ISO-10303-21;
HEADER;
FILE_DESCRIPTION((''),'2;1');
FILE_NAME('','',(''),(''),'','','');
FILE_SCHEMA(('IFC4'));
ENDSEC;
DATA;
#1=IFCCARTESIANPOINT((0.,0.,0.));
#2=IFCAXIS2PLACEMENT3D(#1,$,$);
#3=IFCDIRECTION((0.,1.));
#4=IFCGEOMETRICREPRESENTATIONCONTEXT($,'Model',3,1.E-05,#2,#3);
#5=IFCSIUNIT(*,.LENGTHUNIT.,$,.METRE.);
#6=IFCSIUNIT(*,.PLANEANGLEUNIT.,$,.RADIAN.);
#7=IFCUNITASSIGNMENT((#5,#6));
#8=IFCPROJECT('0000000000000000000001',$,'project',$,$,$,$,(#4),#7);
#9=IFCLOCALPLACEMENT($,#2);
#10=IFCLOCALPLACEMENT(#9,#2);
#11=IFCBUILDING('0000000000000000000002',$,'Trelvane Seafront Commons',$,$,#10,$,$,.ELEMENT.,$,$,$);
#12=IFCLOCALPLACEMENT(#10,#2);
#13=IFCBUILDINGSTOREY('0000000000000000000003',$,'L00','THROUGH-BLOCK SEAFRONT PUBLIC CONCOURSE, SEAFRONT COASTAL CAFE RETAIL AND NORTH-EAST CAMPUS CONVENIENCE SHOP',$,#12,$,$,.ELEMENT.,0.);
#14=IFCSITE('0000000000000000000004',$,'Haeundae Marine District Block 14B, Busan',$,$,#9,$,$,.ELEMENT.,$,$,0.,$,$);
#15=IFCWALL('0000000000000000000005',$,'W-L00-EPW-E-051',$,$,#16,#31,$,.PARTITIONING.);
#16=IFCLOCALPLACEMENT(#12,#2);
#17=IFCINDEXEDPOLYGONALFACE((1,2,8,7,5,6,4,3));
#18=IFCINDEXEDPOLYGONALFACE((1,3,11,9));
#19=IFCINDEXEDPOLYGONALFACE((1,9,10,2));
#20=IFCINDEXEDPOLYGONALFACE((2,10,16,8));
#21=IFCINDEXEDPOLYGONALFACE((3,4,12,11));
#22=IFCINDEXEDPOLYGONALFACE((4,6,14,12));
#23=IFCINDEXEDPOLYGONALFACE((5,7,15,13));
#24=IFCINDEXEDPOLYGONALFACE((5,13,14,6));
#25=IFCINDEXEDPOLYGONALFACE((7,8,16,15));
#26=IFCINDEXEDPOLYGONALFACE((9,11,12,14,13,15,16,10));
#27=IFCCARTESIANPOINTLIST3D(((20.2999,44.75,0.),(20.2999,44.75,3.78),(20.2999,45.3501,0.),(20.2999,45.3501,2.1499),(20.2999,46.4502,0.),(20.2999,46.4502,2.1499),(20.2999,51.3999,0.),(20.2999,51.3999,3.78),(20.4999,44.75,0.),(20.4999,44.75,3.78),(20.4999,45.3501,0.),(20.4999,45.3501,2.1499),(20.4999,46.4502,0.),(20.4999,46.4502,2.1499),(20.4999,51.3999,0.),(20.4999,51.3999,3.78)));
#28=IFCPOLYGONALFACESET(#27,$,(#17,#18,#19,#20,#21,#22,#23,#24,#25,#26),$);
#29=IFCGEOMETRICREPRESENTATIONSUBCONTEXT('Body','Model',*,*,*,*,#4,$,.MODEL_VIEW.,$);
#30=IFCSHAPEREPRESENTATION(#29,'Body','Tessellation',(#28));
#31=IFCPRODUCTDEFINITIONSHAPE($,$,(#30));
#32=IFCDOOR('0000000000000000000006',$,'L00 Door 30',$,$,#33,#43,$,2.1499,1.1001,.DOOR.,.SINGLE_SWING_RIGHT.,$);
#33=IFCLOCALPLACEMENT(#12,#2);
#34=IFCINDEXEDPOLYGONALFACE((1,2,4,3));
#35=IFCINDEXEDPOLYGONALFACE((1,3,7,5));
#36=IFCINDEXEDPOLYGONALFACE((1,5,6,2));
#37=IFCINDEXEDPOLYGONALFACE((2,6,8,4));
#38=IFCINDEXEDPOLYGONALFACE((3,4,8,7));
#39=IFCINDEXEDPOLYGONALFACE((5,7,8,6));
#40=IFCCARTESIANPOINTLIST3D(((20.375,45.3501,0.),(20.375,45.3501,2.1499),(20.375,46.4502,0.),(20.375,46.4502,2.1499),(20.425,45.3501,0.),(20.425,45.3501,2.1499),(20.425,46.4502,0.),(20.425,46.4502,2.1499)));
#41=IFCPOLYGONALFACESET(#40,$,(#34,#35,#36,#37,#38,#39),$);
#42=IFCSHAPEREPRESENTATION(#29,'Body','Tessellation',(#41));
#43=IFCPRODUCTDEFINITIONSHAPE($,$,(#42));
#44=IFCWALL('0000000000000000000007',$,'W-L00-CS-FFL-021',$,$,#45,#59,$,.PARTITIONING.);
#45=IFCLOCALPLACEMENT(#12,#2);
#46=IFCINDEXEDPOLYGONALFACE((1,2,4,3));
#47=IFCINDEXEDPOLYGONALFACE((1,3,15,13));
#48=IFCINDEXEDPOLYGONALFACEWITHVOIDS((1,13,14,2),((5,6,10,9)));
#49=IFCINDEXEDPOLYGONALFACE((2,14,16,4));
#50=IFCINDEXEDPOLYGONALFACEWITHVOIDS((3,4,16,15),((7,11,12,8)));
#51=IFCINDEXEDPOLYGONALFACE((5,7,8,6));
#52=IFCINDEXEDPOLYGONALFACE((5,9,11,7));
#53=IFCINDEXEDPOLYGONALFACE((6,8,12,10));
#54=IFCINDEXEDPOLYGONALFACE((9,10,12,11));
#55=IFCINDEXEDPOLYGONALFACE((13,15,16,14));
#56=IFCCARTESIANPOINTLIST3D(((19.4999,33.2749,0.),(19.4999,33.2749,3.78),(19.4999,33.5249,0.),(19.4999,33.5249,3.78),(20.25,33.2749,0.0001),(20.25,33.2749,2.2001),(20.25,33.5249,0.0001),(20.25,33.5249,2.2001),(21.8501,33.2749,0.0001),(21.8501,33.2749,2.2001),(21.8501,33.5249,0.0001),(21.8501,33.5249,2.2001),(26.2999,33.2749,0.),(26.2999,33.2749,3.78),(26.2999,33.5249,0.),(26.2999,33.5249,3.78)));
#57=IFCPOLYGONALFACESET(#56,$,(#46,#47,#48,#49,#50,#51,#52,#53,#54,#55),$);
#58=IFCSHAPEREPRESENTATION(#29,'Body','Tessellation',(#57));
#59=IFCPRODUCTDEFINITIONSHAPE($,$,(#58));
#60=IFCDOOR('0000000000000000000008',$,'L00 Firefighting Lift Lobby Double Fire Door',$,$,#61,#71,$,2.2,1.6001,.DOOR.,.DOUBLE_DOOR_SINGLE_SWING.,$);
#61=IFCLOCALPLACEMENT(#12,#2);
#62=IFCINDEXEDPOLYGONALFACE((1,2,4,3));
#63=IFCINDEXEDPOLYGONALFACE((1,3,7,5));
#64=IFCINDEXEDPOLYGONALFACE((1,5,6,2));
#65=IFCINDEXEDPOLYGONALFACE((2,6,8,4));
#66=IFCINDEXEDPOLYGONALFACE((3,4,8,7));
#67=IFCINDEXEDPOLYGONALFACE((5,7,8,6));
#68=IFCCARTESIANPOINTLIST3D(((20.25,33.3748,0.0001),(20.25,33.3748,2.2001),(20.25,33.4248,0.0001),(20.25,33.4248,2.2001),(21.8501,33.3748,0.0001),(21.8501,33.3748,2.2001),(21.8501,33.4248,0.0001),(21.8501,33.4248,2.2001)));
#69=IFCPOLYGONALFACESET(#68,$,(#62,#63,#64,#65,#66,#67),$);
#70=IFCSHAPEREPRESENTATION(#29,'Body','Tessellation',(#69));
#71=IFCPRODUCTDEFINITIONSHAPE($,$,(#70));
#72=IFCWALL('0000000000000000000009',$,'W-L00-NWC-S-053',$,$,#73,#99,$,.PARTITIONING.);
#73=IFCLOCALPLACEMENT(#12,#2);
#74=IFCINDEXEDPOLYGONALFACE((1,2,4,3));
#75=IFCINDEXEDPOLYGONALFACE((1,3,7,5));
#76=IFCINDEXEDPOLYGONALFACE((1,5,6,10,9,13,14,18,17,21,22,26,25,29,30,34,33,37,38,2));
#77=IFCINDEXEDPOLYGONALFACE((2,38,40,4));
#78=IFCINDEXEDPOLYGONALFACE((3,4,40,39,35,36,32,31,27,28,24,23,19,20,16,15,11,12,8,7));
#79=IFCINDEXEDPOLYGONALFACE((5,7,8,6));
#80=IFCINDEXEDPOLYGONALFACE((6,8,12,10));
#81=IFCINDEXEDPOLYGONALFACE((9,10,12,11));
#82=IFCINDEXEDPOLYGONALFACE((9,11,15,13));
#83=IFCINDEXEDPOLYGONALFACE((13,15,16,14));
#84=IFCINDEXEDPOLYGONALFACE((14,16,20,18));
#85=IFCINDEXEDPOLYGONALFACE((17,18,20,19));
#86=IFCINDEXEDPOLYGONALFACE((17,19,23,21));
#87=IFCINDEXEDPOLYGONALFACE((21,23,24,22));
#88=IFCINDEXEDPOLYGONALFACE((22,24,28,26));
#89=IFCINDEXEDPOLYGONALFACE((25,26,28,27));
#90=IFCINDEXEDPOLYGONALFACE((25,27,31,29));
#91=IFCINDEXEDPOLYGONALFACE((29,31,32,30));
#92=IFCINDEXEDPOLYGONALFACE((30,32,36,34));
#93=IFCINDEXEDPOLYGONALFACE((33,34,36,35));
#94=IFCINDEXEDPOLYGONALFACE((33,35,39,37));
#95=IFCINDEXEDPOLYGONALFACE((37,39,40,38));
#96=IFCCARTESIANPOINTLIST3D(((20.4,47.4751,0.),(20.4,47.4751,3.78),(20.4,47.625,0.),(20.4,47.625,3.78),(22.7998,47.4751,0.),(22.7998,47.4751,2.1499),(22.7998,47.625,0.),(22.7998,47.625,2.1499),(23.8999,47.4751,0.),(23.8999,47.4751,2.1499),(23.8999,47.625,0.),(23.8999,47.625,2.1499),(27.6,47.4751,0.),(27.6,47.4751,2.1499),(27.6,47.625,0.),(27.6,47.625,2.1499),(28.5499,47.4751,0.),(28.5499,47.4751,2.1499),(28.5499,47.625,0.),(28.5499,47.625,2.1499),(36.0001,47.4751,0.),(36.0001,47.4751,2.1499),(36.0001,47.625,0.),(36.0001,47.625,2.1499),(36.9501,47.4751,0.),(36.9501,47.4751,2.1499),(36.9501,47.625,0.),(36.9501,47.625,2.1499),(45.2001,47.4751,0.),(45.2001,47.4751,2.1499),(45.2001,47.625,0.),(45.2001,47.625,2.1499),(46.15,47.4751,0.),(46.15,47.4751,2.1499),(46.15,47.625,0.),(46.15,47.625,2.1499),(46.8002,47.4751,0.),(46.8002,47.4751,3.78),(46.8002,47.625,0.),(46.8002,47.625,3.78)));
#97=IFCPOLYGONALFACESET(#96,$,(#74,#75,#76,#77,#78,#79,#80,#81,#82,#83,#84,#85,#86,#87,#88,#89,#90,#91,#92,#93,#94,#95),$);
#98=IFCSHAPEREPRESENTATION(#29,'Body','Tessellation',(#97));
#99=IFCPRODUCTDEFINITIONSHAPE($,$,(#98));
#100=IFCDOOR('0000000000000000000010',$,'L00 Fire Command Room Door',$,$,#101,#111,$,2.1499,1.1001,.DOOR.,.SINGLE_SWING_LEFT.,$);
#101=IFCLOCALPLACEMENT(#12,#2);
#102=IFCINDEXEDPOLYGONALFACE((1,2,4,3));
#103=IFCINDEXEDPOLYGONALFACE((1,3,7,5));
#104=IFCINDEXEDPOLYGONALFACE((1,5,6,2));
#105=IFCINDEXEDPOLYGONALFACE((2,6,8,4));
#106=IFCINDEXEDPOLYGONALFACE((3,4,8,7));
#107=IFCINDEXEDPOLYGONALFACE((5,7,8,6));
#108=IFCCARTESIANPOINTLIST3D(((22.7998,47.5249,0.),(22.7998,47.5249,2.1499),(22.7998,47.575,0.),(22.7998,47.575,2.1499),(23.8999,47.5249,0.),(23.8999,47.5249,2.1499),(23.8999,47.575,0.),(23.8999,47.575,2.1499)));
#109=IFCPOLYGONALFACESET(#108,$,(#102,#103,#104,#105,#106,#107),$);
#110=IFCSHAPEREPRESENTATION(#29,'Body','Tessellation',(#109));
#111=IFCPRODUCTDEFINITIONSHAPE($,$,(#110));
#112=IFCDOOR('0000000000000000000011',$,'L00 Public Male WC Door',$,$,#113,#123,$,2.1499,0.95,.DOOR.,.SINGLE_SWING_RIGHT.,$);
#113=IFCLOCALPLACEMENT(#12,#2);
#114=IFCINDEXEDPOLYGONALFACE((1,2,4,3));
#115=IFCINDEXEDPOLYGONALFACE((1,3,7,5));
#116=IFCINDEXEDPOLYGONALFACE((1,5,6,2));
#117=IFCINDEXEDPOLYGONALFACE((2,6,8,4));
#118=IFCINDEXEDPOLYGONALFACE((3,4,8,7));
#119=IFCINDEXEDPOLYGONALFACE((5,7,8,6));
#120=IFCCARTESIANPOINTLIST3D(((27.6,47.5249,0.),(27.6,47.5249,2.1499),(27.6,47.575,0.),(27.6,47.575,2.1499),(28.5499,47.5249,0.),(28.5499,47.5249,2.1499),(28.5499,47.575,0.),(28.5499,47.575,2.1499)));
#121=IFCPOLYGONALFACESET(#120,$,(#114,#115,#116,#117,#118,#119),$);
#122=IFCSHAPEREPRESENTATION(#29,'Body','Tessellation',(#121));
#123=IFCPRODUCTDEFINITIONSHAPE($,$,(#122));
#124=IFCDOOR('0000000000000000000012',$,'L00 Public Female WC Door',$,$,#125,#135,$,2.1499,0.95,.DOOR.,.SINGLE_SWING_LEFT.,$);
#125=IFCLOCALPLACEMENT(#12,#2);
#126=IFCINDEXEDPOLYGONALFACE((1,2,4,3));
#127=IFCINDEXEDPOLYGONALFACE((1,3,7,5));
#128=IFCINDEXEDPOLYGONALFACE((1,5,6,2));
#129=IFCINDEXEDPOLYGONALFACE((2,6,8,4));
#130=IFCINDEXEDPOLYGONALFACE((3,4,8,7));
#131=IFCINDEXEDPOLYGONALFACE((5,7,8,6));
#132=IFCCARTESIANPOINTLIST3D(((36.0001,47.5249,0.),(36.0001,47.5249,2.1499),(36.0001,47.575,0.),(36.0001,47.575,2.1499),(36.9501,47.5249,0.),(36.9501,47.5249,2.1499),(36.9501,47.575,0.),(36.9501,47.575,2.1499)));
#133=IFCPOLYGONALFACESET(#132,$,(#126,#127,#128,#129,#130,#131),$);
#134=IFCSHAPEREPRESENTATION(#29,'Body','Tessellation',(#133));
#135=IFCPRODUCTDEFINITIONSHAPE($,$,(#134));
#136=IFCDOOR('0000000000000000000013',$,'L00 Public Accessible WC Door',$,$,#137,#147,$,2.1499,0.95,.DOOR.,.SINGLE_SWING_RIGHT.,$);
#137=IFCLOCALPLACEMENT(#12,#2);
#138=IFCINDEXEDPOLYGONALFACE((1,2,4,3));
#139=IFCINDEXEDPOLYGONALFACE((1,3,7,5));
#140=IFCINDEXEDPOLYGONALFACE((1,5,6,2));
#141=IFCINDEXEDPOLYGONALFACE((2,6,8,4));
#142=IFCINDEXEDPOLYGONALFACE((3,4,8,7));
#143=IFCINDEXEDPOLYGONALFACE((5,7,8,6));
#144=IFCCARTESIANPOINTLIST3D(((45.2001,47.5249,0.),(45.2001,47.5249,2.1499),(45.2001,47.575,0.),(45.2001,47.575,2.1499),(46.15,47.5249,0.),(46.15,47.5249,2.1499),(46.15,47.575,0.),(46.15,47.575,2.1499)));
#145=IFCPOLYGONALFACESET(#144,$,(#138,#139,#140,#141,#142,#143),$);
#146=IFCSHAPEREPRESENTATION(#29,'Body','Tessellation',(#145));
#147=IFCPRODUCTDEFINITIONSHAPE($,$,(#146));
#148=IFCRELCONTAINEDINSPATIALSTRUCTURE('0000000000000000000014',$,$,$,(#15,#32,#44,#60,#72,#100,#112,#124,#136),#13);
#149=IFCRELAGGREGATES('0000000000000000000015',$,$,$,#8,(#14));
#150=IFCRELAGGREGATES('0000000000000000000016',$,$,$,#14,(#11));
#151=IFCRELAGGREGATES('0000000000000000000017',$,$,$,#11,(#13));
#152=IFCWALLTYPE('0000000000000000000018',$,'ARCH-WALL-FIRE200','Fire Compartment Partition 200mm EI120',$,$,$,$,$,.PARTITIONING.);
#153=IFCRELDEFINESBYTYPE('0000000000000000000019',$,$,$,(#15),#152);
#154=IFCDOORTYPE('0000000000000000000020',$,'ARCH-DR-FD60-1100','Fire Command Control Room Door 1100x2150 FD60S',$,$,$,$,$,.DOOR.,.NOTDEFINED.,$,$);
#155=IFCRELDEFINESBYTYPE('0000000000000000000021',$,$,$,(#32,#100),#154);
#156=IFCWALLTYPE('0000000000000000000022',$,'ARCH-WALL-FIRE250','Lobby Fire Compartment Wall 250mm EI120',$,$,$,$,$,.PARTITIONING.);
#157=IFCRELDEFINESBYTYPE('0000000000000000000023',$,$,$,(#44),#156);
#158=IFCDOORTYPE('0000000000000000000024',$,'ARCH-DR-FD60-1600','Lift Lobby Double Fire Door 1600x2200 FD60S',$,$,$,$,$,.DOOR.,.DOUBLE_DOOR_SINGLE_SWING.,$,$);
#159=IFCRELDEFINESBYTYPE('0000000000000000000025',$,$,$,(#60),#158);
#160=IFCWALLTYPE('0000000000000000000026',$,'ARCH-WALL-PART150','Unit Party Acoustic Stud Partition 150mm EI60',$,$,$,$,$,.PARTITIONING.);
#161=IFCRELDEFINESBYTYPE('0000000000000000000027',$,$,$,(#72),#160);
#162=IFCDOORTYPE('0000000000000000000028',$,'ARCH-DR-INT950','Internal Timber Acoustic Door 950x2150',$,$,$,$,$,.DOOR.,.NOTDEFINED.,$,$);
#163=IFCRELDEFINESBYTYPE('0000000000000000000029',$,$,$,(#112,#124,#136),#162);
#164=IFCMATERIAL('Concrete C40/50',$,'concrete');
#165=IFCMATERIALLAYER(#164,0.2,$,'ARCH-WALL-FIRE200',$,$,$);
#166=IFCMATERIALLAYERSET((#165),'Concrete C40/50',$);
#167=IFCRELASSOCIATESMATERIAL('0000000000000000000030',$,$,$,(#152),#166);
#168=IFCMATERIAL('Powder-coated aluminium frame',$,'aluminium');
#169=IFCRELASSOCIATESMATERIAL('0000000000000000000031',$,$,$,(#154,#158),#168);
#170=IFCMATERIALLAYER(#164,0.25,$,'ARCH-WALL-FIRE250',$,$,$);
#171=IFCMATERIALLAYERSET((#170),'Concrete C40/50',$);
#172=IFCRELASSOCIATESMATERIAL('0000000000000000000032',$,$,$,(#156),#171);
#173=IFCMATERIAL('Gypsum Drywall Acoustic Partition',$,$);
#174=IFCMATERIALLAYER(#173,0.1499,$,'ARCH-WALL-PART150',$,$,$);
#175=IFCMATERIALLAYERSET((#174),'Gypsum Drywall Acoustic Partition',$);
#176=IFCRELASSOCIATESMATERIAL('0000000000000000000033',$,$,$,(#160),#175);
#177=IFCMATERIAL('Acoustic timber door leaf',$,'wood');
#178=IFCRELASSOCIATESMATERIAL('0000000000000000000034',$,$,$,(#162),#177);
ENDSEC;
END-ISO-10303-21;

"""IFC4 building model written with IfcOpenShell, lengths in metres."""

from ifc_helpers import new_model, si_unit, direction, frame, frame_2d, origin, place, context, subcontext, project, spatial, rectangle, extrude, source, transform, mapped, material, layer, layer_set, type_object, element, fill, save


model = new_model("IFC4")

# Units and contexts
model_context = context("Model", 3, precision=1e-05, world=origin(), true_north=direction((0.0, 1.0)))
body_context = subcontext(model_context, "Body", "Model", "MODEL_VIEW")
ifc_project = project(units=[si_unit("LENGTHUNIT", "METRE"), si_unit("PLANEANGLEUNIT", "RADIAN")], contexts=[model_context])

# Site, building, storey
site_placement = place(None, origin())
site = spatial("IfcSite", under=ifc_project, at=site_placement, Name="Haeundae Marine District Block 14B, Busan", CompositionType="ELEMENT", RefElevation=0.0)
building_placement = place(site_placement, origin())
building = spatial("IfcBuilding", under=site, at=building_placement, Name="Trelvane Seafront Commons", CompositionType="ELEMENT")
storey_placement = place(building_placement, origin())
storey = spatial("IfcBuildingStorey", under=building, at=storey_placement, Name="L00", Description="THROUGH-BLOCK SEAFRONT PUBLIC CONCOURSE, SEAFRONT COASTAL CAFE RETAIL AND NORTH-EAST CAMPUS CONVENIENCE SHOP", CompositionType="ELEMENT", Elevation=0.0)

# Walls, openings, doors
ifc_material_1 = material(Name="Concrete C40/50", Category="concrete")
ifc_layer_1 = layer(ifc_material_1, 0.2, Name="ARCH-WALL-FIRE200")
ifc_layer_set_1 = layer_set([ifc_layer_1], Name="Concrete C40/50")
wall_type_1 = type_object("IfcWallType", Name="ARCH-WALL-FIRE200", Description="Fire Compartment Partition 200mm EI120", PredefinedType="PARTITIONING", material=ifc_layer_set_1)
wall_1_placement = place(storey_placement, frame((20.3999, 44.75, 0.0), z_axis=(0.0, 0.0, 1.0), x_axis=(0.0, 1.0, 0.0)))
wall_1 = element("IfcWall", 1, at=wall_1_placement, inside=storey, type_object=wall_type_1, Name="W-L00-EPW-E-051", PredefinedType="PARTITIONING", context=body_context, shape_type="SweptSolid", body=[
    extrude(rectangle(XDim=6.6499, YDim=0.2, at=frame_2d((3.325, 0.0))), origin(), (0.0, 0.0, 1.0), 3.78),
])
opening_1_placement = place(wall_1_placement, frame((0.6001, 0.0, 0.0)))
opening_1 = element("IfcOpeningElement", 2, at=opening_1_placement, cuts=wall_1, PredefinedType="OPENING", context=body_context, shape_type="SweptSolid", body=[
    extrude(rectangle(XDim=1.1001, YDim=2.1499, at=frame_2d((0.55, 1.075))), frame((0.0, 0.1099, 0.0), z_axis=(0.0, -1.0, 0.0), x_axis=(1.0, 0.0, 0.0)), (0.0, 0.0, 1.0), 0.22),
])
ifc_material_2 = material(Name="Powder-coated aluminium frame", Category="aluminium")
door_type_1 = type_object("IfcDoorType", Name="ARCH-DR-FD60-1100", Description="Fire Command Control Room Door 1100x2150 FD60S", OperationType="NOTDEFINED", PredefinedType="DOOR", material=ifc_material_2)
shared_shape_1 = source(origin(), body_context, "Body", "SweptSolid", [
    extrude(rectangle(XDim=1.1001, YDim=2.1499, at=frame_2d((0.55, 1.075))), frame((0.0, 0.0249, 0.0), z_axis=(0.0, -1.0, 0.0), x_axis=(1.0, 0.0, 0.0)), (0.0, 0.0, 1.0), 0.05),
])
door_1_placement = place(opening_1_placement, origin())
door_1 = element("IfcDoor", 3, at=door_1_placement, inside=storey, type_object=door_type_1, Name="L00 Door 30", OperationType="SINGLE_SWING_RIGHT", OverallHeight=2.1499, OverallWidth=1.1001, PredefinedType="DOOR", context=body_context, shape_type="MappedRepresentation", body=[
    mapped(shared_shape_1, transform((0.0, 0.0, 0.0), x_axis=(1.0, 0.0, 0.0), y_axis=(0.0, 1.0, 0.0), z_axis=(0.0, 0.0, 1.0), scale=1.0)),
])
fill(opening_1, door_1)
ifc_layer_2 = layer(ifc_material_1, 0.25, Name="ARCH-WALL-FIRE250")
ifc_layer_set_2 = layer_set([ifc_layer_2], Name="Concrete C40/50")
wall_type_2 = type_object("IfcWallType", Name="ARCH-WALL-FIRE250", Description="Lobby Fire Compartment Wall 250mm EI120", PredefinedType="PARTITIONING", material=ifc_layer_set_2)
wall_2_placement = place(storey_placement, frame((19.5, 33.3999, 0.0), z_axis=(0.0, 0.0, 1.0), x_axis=(1.0, 0.0, 0.0)))
wall_2 = element("IfcWall", 4, at=wall_2_placement, inside=storey, type_object=wall_type_2, Name="W-L00-CS-FFL-021", PredefinedType="PARTITIONING", context=body_context, shape_type="SweptSolid", body=[
    extrude(rectangle(XDim=6.8, YDim=0.25, at=frame_2d((3.3999, 0.0))), origin(), (0.0, 0.0, 1.0), 3.78),
])
opening_2_placement = place(wall_2_placement, frame((0.75, 0.0, 0.0)))
opening_2 = element("IfcOpeningElement", 5, at=opening_2_placement, cuts=wall_2, PredefinedType="OPENING", context=body_context, shape_type="SweptSolid", body=[
    extrude(rectangle(XDim=1.6001, YDim=2.2, at=frame_2d((0.8, 1.1001))), frame((0.0, 0.135, 0.0), z_axis=(0.0, -1.0, 0.0), x_axis=(1.0, 0.0, 0.0)), (0.0, 0.0, 1.0), 0.27),
])
door_type_2 = type_object("IfcDoorType", Name="ARCH-DR-FD60-1600", Description="Lift Lobby Double Fire Door 1600x2200 FD60S", OperationType="DOUBLE_DOOR_SINGLE_SWING", PredefinedType="DOOR", material=ifc_material_2)
shared_shape_2 = source(origin(), body_context, "Body", "SweptSolid", [
    extrude(rectangle(XDim=1.6001, YDim=2.2, at=frame_2d((0.8, 1.1001))), frame((0.0, 0.0249, 0.0), z_axis=(0.0, -1.0, 0.0), x_axis=(1.0, 0.0, 0.0)), (0.0, 0.0, 1.0), 0.05),
])
door_2_placement = place(opening_2_placement, origin())
door_2 = element("IfcDoor", 6, at=door_2_placement, inside=storey, type_object=door_type_2, Name="L00 Firefighting Lift Lobby Double Fire Door", OperationType="DOUBLE_DOOR_SINGLE_SWING", OverallHeight=2.2, OverallWidth=1.6001, PredefinedType="DOOR", context=body_context, shape_type="MappedRepresentation", body=[
    mapped(shared_shape_2, transform((0.0, 0.0, 0.0), x_axis=(1.0, 0.0, 0.0), y_axis=(0.0, 1.0, 0.0), z_axis=(0.0, 0.0, 1.0), scale=1.0)),
])
fill(opening_2, door_2)

# Wall, openings, doors
ifc_material_3 = material(Name="Gypsum Drywall Acoustic Partition")
ifc_layer_3 = layer(ifc_material_3, 0.1499, Name="ARCH-WALL-PART150")
ifc_layer_set_3 = layer_set([ifc_layer_3], Name="Gypsum Drywall Acoustic Partition")
wall_type_3 = type_object("IfcWallType", Name="ARCH-WALL-PART150", Description="Unit Party Acoustic Stud Partition 150mm EI60", PredefinedType="PARTITIONING", material=ifc_layer_set_3)
wall_3_placement = place(storey_placement, frame((20.3999, 47.55, 0.0), z_axis=(0.0, 0.0, 1.0), x_axis=(1.0, 0.0, 0.0)))
wall_3 = element("IfcWall", 7, at=wall_3_placement, inside=storey, type_object=wall_type_3, Name="W-L00-NWC-S-053", PredefinedType="PARTITIONING", context=body_context, shape_type="SweptSolid", body=[
    extrude(rectangle(XDim=26.4001, YDim=0.1499, at=frame_2d((13.2002, 0.0))), origin(), (0.0, 0.0, 1.0), 3.78),
])
opening_3_placement = place(wall_3_placement, frame((2.3999, 0.0, 0.0)))
opening_3 = element("IfcOpeningElement", 8, at=opening_3_placement, cuts=wall_3, PredefinedType="OPENING", context=body_context, shape_type="SweptSolid", body=[
    extrude(rectangle(XDim=1.1001, YDim=2.1499, at=frame_2d((0.55, 1.075))), frame((0.0, 0.085, 0.0), z_axis=(0.0, -1.0, 0.0), x_axis=(1.0, 0.0, 0.0)), (0.0, 0.0, 1.0), 0.1699),
])
opening_4_placement = place(wall_3_placement, frame((7.2, 0.0, 0.0)))
opening_4 = element("IfcOpeningElement", 9, at=opening_4_placement, cuts=wall_3, PredefinedType="OPENING", context=body_context, shape_type="SweptSolid", body=[
    extrude(rectangle(XDim=0.95, YDim=2.1499, at=frame_2d((0.4751, 1.075))), frame((0.0, 0.085, 0.0), z_axis=(0.0, -1.0, 0.0), x_axis=(1.0, 0.0, 0.0)), (0.0, 0.0, 1.0), 0.1699),
])
opening_5_placement = place(wall_3_placement, frame((15.6001, 0.0, 0.0)))
opening_5 = element("IfcOpeningElement", 10, at=opening_5_placement, cuts=wall_3, PredefinedType="OPENING", context=body_context, shape_type="SweptSolid", body=[
    extrude(rectangle(XDim=0.95, YDim=2.1499, at=frame_2d((0.4751, 1.075))), frame((0.0, 0.085, 0.0), z_axis=(0.0, -1.0, 0.0), x_axis=(1.0, 0.0, 0.0)), (0.0, 0.0, 1.0), 0.1699),
])
opening_6_placement = place(wall_3_placement, frame((24.8, 0.0, 0.0)))
opening_6 = element("IfcOpeningElement", 11, at=opening_6_placement, cuts=wall_3, PredefinedType="OPENING", context=body_context, shape_type="SweptSolid", body=[
    extrude(rectangle(XDim=0.95, YDim=2.1499, at=frame_2d((0.4751, 1.075))), frame((0.0, 0.085, 0.0), z_axis=(0.0, -1.0, 0.0), x_axis=(1.0, 0.0, 0.0)), (0.0, 0.0, 1.0), 0.1699),
])
door_3_placement = place(opening_3_placement, origin())
door_3 = element("IfcDoor", 12, at=door_3_placement, inside=storey, type_object=door_type_1, Name="L00 Fire Command Room Door", OperationType="SINGLE_SWING_LEFT", OverallHeight=2.1499, OverallWidth=1.1001, PredefinedType="DOOR", context=body_context, shape_type="MappedRepresentation", body=[
    mapped(shared_shape_1, transform((0.0, 0.0, 0.0), x_axis=(1.0, 0.0, 0.0), y_axis=(0.0, 1.0, 0.0), z_axis=(0.0, 0.0, 1.0), scale=1.0)),
])
fill(opening_3, door_3)
ifc_material_4 = material(Name="Acoustic timber door leaf", Category="wood")
door_type_3 = type_object("IfcDoorType", Name="ARCH-DR-INT950", Description="Internal Timber Acoustic Door 950x2150", OperationType="NOTDEFINED", PredefinedType="DOOR", material=ifc_material_4)
shared_shape_3 = source(origin(), body_context, "Body", "SweptSolid", [
    extrude(rectangle(XDim=0.95, YDim=2.1499, at=frame_2d((0.4751, 1.075))), frame((0.0, 0.0249, 0.0), z_axis=(0.0, -1.0, 0.0), x_axis=(1.0, 0.0, 0.0)), (0.0, 0.0, 1.0), 0.05),
])
door_4_placement = place(opening_4_placement, origin())
door_4 = element("IfcDoor", 13, at=door_4_placement, inside=storey, type_object=door_type_3, Name="L00 Public Male WC Door", OperationType="SINGLE_SWING_RIGHT", OverallHeight=2.1499, OverallWidth=0.95, PredefinedType="DOOR", context=body_context, shape_type="MappedRepresentation", body=[
    mapped(shared_shape_3, transform((0.0, 0.0, 0.0), x_axis=(1.0, 0.0, 0.0), y_axis=(0.0, 1.0, 0.0), z_axis=(0.0, 0.0, 1.0), scale=1.0)),
])
fill(opening_4, door_4)
door_5_placement = place(opening_5_placement, origin())
door_5 = element("IfcDoor", 14, at=door_5_placement, inside=storey, type_object=door_type_3, Name="L00 Public Female WC Door", OperationType="SINGLE_SWING_LEFT", OverallHeight=2.1499, OverallWidth=0.95, PredefinedType="DOOR", context=body_context, shape_type="MappedRepresentation", body=[
    mapped(shared_shape_3, transform((0.0, 0.0, 0.0), x_axis=(1.0, 0.0, 0.0), y_axis=(0.0, 1.0, 0.0), z_axis=(0.0, 0.0, 1.0), scale=1.0)),
])
fill(opening_5, door_5)
door_6_placement = place(opening_6_placement, origin())
door_6 = element("IfcDoor", 15, at=door_6_placement, inside=storey, type_object=door_type_3, Name="L00 Public Accessible WC Door", OperationType="SINGLE_SWING_RIGHT", OverallHeight=2.1499, OverallWidth=0.95, PredefinedType="DOOR", context=body_context, shape_type="MappedRepresentation", body=[
    mapped(shared_shape_3, transform((0.0, 0.0, 0.0), x_axis=(1.0, 0.0, 0.0), y_axis=(0.0, 1.0, 0.0), z_axis=(0.0, 0.0, 1.0), scale=1.0)),
])
fill(opening_6, door_6)

save(model, "model.ifc")
